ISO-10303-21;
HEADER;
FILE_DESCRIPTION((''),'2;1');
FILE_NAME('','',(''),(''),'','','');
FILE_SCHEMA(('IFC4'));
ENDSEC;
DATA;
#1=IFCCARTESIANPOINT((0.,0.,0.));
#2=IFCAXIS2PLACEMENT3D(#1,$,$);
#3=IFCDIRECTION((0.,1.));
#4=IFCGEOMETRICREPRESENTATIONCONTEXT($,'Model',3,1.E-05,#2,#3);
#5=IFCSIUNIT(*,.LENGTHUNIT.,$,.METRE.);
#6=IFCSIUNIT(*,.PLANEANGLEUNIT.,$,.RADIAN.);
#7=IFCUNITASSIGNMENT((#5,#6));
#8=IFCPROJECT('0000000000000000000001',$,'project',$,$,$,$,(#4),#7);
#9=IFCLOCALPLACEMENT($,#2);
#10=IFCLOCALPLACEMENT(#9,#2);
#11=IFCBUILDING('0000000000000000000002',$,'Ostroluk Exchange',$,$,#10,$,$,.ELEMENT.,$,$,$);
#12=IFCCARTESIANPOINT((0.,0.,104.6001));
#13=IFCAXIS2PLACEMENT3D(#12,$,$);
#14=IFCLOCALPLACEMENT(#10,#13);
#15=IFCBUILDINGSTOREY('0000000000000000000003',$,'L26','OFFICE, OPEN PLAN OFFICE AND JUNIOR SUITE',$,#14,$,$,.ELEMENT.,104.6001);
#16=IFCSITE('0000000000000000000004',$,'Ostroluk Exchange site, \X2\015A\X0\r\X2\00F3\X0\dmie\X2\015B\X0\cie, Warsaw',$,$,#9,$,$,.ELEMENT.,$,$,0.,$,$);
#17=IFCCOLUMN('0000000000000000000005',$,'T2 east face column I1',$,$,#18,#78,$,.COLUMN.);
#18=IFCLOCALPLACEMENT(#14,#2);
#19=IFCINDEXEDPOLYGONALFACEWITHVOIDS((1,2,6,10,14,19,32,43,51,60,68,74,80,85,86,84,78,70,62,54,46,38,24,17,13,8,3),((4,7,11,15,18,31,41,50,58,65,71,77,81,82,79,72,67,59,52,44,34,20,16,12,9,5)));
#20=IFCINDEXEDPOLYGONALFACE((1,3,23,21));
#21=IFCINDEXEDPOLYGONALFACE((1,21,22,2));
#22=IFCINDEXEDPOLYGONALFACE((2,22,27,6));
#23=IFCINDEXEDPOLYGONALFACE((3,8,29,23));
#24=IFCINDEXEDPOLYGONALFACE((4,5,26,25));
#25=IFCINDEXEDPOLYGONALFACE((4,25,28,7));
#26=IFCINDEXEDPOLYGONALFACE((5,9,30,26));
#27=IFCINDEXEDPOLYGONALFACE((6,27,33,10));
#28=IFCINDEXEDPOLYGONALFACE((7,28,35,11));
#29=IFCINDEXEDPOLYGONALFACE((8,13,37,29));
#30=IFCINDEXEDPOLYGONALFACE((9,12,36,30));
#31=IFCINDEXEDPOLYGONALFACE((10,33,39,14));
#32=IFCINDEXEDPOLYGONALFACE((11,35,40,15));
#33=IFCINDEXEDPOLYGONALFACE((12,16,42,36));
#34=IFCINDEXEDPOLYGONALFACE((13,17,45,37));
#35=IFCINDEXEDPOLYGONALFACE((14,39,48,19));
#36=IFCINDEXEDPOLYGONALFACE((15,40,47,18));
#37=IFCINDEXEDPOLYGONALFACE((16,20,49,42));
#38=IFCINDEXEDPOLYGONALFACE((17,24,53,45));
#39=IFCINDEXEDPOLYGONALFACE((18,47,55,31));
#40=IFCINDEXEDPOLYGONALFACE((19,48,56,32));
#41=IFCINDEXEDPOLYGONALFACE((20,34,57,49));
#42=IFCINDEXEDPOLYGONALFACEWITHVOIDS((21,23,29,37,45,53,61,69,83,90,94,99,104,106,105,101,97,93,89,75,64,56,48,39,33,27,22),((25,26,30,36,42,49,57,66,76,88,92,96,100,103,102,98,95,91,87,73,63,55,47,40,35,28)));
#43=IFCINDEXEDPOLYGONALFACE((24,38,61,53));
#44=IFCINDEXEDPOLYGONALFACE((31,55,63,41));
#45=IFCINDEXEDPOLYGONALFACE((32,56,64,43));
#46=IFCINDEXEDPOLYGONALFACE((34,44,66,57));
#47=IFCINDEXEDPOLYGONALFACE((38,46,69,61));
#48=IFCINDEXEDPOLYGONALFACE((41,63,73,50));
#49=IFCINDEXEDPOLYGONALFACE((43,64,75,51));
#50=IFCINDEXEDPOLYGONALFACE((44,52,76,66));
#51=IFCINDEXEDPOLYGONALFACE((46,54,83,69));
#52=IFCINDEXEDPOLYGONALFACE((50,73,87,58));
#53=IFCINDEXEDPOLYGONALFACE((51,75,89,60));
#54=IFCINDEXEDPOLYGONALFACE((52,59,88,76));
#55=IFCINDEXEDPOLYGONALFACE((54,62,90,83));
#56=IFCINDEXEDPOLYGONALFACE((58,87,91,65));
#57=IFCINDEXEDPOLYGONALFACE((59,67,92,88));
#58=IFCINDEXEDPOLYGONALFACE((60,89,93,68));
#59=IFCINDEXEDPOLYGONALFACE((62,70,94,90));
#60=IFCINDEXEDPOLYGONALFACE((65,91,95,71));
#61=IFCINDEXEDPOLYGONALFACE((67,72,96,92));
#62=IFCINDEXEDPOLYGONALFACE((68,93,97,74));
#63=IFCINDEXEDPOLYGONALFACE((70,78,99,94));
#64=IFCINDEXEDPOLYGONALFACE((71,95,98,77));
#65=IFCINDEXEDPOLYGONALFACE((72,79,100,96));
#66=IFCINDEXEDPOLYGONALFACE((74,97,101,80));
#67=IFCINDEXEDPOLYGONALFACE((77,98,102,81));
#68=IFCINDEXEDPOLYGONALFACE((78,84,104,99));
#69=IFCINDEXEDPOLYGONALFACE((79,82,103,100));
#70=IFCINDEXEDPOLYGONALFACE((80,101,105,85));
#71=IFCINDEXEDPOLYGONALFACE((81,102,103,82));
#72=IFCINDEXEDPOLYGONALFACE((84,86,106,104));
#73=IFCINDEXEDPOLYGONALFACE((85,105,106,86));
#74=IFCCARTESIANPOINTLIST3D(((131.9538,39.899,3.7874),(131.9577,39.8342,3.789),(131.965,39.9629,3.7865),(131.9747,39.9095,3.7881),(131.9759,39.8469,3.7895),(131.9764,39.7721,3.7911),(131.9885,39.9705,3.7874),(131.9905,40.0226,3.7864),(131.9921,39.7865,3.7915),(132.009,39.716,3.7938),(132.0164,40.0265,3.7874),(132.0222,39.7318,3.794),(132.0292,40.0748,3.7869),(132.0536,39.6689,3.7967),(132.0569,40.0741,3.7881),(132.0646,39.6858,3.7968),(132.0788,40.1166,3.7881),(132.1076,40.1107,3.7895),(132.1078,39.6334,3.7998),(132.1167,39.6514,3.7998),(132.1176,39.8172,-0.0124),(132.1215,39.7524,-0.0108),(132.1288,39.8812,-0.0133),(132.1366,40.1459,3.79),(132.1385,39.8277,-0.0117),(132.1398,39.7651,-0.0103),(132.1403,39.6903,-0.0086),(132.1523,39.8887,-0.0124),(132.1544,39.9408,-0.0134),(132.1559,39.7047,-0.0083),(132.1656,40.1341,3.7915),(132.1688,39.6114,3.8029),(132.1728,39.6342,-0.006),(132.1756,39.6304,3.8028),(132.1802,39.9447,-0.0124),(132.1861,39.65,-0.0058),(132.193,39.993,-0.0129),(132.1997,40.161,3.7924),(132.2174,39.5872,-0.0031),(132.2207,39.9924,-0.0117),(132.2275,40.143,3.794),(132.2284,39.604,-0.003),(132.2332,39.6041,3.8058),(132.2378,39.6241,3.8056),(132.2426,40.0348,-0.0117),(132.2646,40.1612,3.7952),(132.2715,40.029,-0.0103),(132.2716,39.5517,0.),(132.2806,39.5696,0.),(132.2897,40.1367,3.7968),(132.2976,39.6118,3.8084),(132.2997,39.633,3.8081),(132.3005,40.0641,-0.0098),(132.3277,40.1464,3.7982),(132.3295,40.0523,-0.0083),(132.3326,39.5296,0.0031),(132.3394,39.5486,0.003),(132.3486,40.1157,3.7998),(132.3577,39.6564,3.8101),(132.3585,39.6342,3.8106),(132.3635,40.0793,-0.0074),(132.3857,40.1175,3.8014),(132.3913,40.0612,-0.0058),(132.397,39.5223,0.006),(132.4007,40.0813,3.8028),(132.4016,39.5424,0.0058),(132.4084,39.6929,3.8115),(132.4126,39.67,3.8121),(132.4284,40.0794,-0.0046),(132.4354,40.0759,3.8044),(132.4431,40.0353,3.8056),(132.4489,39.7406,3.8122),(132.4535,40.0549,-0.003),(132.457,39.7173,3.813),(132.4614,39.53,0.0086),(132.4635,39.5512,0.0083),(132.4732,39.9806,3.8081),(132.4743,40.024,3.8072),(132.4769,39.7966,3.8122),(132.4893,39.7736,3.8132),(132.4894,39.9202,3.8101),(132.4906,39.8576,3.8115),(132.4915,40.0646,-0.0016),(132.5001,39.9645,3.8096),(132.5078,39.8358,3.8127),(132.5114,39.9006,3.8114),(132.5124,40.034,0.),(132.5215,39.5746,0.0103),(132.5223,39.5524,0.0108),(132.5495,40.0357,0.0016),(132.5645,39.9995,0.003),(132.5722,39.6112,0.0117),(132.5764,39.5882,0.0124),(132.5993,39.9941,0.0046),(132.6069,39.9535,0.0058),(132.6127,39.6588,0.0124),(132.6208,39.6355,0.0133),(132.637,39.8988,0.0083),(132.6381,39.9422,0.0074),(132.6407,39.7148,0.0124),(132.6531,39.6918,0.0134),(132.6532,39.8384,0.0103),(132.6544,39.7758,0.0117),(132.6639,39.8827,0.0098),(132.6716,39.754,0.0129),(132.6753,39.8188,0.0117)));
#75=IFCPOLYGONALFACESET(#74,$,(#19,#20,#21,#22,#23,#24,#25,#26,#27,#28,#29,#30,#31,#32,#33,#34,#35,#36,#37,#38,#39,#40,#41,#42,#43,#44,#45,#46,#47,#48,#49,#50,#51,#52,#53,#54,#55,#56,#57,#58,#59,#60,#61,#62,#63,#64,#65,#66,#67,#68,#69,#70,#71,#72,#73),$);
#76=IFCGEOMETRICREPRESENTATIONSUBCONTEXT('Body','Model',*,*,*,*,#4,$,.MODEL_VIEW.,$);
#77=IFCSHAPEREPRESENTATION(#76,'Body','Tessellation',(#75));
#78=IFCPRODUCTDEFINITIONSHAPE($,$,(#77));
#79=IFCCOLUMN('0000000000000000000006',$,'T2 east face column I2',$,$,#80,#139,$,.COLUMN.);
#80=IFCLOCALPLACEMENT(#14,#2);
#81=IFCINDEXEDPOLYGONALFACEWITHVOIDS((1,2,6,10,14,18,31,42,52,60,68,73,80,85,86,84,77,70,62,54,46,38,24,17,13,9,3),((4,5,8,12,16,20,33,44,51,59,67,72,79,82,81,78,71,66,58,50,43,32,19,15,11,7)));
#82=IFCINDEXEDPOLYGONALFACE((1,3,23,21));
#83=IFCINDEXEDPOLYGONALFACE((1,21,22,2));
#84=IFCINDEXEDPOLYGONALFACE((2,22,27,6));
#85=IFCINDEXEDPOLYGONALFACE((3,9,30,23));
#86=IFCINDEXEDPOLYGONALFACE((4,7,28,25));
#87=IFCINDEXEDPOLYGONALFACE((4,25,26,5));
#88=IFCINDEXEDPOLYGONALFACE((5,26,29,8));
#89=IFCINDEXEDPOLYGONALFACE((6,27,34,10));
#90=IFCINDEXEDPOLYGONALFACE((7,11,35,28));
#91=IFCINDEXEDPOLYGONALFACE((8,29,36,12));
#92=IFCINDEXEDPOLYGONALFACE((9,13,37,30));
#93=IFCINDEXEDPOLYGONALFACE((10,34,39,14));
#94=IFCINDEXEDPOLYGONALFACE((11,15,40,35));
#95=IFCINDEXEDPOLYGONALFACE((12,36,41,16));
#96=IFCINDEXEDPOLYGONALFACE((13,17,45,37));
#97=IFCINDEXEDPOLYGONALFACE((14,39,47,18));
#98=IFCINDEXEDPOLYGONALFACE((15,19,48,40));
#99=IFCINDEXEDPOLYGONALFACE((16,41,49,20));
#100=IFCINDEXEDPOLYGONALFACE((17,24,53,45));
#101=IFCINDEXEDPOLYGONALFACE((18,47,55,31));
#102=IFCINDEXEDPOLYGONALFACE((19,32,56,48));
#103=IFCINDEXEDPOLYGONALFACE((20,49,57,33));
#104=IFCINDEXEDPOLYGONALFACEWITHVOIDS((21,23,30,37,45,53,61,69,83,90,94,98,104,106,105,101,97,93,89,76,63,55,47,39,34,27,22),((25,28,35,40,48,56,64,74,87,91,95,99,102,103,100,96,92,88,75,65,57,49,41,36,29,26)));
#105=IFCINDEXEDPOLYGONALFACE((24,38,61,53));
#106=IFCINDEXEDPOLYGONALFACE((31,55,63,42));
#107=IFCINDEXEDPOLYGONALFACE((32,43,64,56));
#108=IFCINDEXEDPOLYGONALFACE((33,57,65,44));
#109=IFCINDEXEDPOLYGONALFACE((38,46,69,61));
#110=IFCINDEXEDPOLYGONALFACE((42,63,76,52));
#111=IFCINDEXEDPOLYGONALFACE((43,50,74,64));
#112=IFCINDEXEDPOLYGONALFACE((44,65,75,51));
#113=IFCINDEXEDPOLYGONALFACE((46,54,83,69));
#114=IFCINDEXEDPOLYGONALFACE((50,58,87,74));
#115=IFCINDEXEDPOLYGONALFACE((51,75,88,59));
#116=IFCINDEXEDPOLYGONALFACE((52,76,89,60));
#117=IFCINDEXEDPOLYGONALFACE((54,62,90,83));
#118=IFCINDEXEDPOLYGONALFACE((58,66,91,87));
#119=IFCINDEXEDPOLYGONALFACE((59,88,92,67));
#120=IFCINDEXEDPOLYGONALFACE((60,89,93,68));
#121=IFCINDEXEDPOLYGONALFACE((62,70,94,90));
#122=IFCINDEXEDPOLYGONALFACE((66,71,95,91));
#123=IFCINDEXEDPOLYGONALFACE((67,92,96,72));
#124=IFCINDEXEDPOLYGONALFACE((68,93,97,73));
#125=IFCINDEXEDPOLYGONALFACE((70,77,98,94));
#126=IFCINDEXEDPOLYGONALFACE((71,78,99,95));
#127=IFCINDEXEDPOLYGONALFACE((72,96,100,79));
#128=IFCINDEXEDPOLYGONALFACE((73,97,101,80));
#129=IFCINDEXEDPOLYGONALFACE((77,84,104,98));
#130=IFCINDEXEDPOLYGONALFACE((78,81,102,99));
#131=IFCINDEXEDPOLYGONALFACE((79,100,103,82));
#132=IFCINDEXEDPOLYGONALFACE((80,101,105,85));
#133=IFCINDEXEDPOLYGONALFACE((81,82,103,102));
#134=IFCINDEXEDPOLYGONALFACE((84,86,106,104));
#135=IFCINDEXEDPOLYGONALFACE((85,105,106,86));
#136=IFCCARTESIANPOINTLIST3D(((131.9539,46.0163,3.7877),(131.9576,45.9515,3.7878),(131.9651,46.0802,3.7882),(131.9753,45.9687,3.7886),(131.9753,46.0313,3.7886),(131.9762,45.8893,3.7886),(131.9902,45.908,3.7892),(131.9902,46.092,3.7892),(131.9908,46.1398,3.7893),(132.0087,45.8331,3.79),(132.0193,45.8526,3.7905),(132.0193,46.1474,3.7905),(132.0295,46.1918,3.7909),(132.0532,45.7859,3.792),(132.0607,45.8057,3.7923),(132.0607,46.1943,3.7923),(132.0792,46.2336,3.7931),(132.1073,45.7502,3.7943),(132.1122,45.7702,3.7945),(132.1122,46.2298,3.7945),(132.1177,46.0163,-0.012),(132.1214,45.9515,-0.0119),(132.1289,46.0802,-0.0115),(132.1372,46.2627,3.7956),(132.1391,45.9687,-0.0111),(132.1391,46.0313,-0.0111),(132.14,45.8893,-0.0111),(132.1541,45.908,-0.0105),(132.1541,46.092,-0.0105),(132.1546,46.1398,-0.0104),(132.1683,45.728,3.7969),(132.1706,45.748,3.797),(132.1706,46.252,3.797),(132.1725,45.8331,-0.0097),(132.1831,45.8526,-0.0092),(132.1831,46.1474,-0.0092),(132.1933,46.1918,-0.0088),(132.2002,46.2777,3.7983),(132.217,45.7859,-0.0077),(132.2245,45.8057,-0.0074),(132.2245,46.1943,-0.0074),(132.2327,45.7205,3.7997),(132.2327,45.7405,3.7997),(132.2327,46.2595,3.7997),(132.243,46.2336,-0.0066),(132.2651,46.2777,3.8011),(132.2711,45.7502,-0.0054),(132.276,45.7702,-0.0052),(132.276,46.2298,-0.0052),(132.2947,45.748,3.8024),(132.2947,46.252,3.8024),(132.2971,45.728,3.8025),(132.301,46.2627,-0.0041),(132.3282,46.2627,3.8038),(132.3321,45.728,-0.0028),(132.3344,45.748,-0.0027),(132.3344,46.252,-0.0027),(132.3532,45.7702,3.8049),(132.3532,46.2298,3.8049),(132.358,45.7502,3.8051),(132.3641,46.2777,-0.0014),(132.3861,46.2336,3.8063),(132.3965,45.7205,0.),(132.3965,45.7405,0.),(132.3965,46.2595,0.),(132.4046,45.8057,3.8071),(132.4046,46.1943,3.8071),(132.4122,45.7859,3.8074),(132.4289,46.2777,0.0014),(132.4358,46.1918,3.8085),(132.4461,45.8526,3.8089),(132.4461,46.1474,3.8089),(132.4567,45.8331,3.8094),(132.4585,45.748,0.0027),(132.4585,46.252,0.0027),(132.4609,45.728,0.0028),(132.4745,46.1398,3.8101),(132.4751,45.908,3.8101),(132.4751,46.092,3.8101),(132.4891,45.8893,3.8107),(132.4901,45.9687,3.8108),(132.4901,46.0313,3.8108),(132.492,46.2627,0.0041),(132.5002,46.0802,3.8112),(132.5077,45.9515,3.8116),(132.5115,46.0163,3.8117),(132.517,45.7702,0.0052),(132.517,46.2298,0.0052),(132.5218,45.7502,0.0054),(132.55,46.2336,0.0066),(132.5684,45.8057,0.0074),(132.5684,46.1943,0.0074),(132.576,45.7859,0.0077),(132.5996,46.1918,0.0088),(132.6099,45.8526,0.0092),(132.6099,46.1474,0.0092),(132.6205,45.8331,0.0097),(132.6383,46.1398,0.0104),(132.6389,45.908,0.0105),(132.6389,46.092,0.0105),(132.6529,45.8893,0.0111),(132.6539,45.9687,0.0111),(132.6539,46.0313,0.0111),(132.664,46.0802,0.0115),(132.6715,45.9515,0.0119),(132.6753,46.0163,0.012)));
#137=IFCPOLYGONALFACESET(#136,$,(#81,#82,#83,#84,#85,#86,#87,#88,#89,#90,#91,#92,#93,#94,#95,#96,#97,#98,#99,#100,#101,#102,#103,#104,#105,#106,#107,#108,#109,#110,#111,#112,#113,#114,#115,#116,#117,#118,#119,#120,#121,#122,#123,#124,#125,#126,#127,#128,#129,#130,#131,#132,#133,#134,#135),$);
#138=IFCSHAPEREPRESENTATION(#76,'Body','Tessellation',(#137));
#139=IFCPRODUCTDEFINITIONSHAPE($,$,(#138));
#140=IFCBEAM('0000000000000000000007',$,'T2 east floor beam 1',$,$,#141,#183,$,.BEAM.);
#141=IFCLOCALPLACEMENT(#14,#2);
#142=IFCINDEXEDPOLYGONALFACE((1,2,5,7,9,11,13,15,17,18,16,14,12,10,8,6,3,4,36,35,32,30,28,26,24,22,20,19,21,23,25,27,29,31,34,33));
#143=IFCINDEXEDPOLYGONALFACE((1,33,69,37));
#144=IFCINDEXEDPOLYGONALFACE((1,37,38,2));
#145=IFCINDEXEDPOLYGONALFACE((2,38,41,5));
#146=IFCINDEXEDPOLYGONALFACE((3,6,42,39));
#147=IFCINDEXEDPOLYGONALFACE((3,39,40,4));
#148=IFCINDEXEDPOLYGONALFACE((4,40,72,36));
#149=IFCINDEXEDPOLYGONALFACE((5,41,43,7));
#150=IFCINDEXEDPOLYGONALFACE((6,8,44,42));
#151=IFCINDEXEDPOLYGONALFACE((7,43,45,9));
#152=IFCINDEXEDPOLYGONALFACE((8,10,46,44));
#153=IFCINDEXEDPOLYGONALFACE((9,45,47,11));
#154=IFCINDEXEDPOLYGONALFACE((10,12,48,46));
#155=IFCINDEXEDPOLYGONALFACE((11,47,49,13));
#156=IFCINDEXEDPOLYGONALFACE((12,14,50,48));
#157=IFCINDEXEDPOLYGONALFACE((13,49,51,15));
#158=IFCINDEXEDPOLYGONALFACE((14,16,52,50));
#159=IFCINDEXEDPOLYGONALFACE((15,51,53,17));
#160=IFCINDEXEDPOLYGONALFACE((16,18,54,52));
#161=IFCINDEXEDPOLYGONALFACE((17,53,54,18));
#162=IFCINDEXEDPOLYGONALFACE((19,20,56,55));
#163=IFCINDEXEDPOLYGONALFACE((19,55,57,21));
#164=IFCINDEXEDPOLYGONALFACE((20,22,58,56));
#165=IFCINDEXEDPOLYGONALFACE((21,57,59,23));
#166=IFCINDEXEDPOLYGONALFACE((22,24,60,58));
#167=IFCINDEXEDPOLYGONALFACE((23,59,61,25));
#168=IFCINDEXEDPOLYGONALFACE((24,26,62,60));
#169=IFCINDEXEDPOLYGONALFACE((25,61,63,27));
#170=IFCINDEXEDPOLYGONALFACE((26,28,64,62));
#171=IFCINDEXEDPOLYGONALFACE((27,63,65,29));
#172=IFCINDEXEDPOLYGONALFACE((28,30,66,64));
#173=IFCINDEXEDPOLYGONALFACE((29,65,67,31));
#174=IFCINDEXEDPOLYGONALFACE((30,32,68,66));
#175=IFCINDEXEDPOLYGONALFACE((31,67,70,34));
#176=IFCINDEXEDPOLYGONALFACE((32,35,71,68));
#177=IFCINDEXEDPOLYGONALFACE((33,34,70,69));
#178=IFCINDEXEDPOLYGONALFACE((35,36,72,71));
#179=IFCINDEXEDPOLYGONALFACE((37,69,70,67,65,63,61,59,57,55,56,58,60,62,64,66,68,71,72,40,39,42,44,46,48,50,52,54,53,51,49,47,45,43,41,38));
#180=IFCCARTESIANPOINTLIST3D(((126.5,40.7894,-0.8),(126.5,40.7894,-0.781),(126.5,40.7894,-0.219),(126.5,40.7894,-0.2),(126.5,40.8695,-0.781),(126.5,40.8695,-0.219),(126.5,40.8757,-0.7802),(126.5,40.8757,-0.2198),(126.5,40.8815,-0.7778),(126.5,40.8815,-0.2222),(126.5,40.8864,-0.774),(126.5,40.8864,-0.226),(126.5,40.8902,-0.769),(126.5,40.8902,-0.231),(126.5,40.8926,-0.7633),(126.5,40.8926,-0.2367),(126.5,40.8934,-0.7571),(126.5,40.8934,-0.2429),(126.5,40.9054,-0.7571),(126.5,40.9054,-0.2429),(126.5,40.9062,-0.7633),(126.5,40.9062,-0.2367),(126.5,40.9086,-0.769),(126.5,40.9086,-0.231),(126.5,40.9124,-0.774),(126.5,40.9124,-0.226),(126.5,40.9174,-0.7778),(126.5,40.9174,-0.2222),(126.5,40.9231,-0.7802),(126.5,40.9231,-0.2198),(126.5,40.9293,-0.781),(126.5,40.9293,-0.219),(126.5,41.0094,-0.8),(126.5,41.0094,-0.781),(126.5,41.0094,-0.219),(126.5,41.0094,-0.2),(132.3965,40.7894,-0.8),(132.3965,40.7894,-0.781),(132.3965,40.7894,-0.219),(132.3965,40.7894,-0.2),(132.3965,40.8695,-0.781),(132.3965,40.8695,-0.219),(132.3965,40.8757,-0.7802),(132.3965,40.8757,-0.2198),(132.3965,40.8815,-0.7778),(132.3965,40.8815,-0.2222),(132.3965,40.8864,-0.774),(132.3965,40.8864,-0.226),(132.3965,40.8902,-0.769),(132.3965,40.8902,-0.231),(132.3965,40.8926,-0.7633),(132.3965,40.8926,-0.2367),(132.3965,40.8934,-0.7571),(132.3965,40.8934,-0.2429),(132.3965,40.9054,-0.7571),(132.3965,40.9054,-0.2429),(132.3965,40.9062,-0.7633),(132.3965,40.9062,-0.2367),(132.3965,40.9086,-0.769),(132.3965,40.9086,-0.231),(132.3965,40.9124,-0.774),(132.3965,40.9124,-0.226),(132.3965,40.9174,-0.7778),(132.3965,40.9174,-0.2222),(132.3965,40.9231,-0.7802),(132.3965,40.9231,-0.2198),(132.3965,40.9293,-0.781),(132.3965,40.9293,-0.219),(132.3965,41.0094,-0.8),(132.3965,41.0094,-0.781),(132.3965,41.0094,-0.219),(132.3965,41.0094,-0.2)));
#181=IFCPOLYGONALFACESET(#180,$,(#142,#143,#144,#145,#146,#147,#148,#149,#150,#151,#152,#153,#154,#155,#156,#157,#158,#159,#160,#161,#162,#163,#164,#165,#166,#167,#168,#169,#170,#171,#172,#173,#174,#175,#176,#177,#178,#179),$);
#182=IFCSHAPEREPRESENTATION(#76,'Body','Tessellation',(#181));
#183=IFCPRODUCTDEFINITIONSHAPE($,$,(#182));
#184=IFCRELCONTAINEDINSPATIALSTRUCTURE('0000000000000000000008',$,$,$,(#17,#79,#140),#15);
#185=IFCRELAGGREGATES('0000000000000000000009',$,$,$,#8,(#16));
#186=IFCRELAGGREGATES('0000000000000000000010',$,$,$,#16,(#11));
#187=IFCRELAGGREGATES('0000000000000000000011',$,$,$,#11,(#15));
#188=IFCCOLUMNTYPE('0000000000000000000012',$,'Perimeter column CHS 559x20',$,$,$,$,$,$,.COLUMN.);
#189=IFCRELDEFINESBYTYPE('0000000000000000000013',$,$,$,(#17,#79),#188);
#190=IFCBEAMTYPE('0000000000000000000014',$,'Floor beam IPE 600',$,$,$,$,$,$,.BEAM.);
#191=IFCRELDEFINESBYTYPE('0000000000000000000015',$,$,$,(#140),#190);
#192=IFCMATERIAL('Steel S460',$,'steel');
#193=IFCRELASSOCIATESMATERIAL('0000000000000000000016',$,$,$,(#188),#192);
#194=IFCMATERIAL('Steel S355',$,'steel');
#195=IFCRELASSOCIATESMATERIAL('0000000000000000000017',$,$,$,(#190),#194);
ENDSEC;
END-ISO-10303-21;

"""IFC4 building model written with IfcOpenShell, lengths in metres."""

from ifc_helpers import new_model, si_unit, direction, frame, origin, origin_2d, place, context, subcontext, project, spatial, hollow_circle, i_section, extrude, material, material_profile, profile_set, type_object, element, save


model = new_model("IFC4")

# Units and contexts
model_context = context("Model", 3, precision=1e-05, world=origin(), true_north=direction((0.0, 1.0)))
body_context = subcontext(model_context, "Body", "Model", "MODEL_VIEW")
ifc_project = project(units=[si_unit("LENGTHUNIT", "METRE"), si_unit("PLANEANGLEUNIT", "RADIAN")], contexts=[model_context])

# Site, building, storey
site_placement = place(None, origin())
site = spatial("IfcSite", under=ifc_project, at=site_placement, Name="Ostroluk Exchange site, Śródmieście, Warsaw", CompositionType="ELEMENT", RefElevation=0.0)
building_placement = place(site_placement, origin())
building = spatial("IfcBuilding", under=site, at=building_placement, Name="Ostroluk Exchange", CompositionType="ELEMENT")
storey_placement = place(building_placement, frame((0.0, 0.0, 104.6001)))
storey = spatial("IfcBuildingStorey", under=building, at=storey_placement, Name="L26", Description="OFFICE, OPEN PLAN OFFICE AND JUNIOR SUITE", CompositionType="ELEMENT", Elevation=104.6001)

# Columns
ifc_material_1 = material(Name="Steel S460", Category="steel")
ifc_material_profile_1 = material_profile(ifc_material_1, hollow_circle(Radius=0.2795, WallThickness=0.02, at=origin_2d()), Name="CHS 559x20")
ifc_profile_set_1 = profile_set([ifc_material_profile_1], Name="Steel S460")
column_type = type_object("IfcColumnType", Name="Perimeter column CHS 559x20", PredefinedType="COLUMN", material=ifc_profile_set_1)
column_1_placement = place(storey_placement, frame((132.3965, 39.8018, 0.0), z_axis=(-0.043062, 0.021499, 0.998841), x_axis=(-0.44668, -0.894694, 0.0)))
element("IfcColumn", 1, at=column_1_placement, inside=storey, type_object=column_type, Name="T2 east face column I1", PredefinedType="COLUMN", context=body_context, shape_type="SweptSolid", body=[
    extrude(hollow_circle(Radius=0.2795, WallThickness=0.02, at=origin_2d()), origin(), (0.0, 0.0, 1.0), 3.8042),
])
column_2_placement = place(storey_placement, frame((132.3965, 46.0, 0.0), z_axis=(-0.043072, 0.0, 0.999072), x_axis=(0.0, -1.0, 0.0)))
element("IfcColumn", 2, at=column_2_placement, inside=storey, type_object=column_type, Name="T2 east face column I2", PredefinedType="COLUMN", context=body_context, shape_type="SweptSolid", body=[
    extrude(hollow_circle(Radius=0.2795, WallThickness=0.02, at=origin_2d()), origin(), (0.0, 0.0, 1.0), 3.8032),
])

# Beam
ifc_material_2 = material(Name="Steel S355", Category="steel")
ifc_material_profile_2 = material_profile(ifc_material_2, i_section(OverallWidth=0.22, OverallDepth=0.6001, WebThickness=0.012, FlangeThickness=0.019, FilletRadius=0.0239, at=origin_2d()), Name="IPE 600")
ifc_profile_set_2 = profile_set([ifc_material_profile_2], Name="Steel S355")
beam_type_1 = type_object("IfcBeamType", Name="Floor beam IPE 600", PredefinedType="BEAM", material=ifc_profile_set_2)
for number, where, z_axis, x_axis, name in (
    (3, (126.5, 40.8994, -0.5), (1.0, 0.0, 0.0), (0.0, 1.0, 0.0), "T2 east floor beam 1"),
):
    element("IfcBeam", number, at=place(storey_placement, frame(where, z_axis=z_axis, x_axis=x_axis)), inside=storey, type_object=beam_type_1, Name=name, PredefinedType="BEAM", context=body_context, shape_type="SweptSolid", body=[
        extrude(i_section(OverallWidth=0.22, OverallDepth=0.6001, WebThickness=0.012, FlangeThickness=0.019, FilletRadius=0.0239, at=origin_2d()), origin(), (0.0, 0.0, 1.0), 5.8965),
    ])

save(model, "model.ifc")
